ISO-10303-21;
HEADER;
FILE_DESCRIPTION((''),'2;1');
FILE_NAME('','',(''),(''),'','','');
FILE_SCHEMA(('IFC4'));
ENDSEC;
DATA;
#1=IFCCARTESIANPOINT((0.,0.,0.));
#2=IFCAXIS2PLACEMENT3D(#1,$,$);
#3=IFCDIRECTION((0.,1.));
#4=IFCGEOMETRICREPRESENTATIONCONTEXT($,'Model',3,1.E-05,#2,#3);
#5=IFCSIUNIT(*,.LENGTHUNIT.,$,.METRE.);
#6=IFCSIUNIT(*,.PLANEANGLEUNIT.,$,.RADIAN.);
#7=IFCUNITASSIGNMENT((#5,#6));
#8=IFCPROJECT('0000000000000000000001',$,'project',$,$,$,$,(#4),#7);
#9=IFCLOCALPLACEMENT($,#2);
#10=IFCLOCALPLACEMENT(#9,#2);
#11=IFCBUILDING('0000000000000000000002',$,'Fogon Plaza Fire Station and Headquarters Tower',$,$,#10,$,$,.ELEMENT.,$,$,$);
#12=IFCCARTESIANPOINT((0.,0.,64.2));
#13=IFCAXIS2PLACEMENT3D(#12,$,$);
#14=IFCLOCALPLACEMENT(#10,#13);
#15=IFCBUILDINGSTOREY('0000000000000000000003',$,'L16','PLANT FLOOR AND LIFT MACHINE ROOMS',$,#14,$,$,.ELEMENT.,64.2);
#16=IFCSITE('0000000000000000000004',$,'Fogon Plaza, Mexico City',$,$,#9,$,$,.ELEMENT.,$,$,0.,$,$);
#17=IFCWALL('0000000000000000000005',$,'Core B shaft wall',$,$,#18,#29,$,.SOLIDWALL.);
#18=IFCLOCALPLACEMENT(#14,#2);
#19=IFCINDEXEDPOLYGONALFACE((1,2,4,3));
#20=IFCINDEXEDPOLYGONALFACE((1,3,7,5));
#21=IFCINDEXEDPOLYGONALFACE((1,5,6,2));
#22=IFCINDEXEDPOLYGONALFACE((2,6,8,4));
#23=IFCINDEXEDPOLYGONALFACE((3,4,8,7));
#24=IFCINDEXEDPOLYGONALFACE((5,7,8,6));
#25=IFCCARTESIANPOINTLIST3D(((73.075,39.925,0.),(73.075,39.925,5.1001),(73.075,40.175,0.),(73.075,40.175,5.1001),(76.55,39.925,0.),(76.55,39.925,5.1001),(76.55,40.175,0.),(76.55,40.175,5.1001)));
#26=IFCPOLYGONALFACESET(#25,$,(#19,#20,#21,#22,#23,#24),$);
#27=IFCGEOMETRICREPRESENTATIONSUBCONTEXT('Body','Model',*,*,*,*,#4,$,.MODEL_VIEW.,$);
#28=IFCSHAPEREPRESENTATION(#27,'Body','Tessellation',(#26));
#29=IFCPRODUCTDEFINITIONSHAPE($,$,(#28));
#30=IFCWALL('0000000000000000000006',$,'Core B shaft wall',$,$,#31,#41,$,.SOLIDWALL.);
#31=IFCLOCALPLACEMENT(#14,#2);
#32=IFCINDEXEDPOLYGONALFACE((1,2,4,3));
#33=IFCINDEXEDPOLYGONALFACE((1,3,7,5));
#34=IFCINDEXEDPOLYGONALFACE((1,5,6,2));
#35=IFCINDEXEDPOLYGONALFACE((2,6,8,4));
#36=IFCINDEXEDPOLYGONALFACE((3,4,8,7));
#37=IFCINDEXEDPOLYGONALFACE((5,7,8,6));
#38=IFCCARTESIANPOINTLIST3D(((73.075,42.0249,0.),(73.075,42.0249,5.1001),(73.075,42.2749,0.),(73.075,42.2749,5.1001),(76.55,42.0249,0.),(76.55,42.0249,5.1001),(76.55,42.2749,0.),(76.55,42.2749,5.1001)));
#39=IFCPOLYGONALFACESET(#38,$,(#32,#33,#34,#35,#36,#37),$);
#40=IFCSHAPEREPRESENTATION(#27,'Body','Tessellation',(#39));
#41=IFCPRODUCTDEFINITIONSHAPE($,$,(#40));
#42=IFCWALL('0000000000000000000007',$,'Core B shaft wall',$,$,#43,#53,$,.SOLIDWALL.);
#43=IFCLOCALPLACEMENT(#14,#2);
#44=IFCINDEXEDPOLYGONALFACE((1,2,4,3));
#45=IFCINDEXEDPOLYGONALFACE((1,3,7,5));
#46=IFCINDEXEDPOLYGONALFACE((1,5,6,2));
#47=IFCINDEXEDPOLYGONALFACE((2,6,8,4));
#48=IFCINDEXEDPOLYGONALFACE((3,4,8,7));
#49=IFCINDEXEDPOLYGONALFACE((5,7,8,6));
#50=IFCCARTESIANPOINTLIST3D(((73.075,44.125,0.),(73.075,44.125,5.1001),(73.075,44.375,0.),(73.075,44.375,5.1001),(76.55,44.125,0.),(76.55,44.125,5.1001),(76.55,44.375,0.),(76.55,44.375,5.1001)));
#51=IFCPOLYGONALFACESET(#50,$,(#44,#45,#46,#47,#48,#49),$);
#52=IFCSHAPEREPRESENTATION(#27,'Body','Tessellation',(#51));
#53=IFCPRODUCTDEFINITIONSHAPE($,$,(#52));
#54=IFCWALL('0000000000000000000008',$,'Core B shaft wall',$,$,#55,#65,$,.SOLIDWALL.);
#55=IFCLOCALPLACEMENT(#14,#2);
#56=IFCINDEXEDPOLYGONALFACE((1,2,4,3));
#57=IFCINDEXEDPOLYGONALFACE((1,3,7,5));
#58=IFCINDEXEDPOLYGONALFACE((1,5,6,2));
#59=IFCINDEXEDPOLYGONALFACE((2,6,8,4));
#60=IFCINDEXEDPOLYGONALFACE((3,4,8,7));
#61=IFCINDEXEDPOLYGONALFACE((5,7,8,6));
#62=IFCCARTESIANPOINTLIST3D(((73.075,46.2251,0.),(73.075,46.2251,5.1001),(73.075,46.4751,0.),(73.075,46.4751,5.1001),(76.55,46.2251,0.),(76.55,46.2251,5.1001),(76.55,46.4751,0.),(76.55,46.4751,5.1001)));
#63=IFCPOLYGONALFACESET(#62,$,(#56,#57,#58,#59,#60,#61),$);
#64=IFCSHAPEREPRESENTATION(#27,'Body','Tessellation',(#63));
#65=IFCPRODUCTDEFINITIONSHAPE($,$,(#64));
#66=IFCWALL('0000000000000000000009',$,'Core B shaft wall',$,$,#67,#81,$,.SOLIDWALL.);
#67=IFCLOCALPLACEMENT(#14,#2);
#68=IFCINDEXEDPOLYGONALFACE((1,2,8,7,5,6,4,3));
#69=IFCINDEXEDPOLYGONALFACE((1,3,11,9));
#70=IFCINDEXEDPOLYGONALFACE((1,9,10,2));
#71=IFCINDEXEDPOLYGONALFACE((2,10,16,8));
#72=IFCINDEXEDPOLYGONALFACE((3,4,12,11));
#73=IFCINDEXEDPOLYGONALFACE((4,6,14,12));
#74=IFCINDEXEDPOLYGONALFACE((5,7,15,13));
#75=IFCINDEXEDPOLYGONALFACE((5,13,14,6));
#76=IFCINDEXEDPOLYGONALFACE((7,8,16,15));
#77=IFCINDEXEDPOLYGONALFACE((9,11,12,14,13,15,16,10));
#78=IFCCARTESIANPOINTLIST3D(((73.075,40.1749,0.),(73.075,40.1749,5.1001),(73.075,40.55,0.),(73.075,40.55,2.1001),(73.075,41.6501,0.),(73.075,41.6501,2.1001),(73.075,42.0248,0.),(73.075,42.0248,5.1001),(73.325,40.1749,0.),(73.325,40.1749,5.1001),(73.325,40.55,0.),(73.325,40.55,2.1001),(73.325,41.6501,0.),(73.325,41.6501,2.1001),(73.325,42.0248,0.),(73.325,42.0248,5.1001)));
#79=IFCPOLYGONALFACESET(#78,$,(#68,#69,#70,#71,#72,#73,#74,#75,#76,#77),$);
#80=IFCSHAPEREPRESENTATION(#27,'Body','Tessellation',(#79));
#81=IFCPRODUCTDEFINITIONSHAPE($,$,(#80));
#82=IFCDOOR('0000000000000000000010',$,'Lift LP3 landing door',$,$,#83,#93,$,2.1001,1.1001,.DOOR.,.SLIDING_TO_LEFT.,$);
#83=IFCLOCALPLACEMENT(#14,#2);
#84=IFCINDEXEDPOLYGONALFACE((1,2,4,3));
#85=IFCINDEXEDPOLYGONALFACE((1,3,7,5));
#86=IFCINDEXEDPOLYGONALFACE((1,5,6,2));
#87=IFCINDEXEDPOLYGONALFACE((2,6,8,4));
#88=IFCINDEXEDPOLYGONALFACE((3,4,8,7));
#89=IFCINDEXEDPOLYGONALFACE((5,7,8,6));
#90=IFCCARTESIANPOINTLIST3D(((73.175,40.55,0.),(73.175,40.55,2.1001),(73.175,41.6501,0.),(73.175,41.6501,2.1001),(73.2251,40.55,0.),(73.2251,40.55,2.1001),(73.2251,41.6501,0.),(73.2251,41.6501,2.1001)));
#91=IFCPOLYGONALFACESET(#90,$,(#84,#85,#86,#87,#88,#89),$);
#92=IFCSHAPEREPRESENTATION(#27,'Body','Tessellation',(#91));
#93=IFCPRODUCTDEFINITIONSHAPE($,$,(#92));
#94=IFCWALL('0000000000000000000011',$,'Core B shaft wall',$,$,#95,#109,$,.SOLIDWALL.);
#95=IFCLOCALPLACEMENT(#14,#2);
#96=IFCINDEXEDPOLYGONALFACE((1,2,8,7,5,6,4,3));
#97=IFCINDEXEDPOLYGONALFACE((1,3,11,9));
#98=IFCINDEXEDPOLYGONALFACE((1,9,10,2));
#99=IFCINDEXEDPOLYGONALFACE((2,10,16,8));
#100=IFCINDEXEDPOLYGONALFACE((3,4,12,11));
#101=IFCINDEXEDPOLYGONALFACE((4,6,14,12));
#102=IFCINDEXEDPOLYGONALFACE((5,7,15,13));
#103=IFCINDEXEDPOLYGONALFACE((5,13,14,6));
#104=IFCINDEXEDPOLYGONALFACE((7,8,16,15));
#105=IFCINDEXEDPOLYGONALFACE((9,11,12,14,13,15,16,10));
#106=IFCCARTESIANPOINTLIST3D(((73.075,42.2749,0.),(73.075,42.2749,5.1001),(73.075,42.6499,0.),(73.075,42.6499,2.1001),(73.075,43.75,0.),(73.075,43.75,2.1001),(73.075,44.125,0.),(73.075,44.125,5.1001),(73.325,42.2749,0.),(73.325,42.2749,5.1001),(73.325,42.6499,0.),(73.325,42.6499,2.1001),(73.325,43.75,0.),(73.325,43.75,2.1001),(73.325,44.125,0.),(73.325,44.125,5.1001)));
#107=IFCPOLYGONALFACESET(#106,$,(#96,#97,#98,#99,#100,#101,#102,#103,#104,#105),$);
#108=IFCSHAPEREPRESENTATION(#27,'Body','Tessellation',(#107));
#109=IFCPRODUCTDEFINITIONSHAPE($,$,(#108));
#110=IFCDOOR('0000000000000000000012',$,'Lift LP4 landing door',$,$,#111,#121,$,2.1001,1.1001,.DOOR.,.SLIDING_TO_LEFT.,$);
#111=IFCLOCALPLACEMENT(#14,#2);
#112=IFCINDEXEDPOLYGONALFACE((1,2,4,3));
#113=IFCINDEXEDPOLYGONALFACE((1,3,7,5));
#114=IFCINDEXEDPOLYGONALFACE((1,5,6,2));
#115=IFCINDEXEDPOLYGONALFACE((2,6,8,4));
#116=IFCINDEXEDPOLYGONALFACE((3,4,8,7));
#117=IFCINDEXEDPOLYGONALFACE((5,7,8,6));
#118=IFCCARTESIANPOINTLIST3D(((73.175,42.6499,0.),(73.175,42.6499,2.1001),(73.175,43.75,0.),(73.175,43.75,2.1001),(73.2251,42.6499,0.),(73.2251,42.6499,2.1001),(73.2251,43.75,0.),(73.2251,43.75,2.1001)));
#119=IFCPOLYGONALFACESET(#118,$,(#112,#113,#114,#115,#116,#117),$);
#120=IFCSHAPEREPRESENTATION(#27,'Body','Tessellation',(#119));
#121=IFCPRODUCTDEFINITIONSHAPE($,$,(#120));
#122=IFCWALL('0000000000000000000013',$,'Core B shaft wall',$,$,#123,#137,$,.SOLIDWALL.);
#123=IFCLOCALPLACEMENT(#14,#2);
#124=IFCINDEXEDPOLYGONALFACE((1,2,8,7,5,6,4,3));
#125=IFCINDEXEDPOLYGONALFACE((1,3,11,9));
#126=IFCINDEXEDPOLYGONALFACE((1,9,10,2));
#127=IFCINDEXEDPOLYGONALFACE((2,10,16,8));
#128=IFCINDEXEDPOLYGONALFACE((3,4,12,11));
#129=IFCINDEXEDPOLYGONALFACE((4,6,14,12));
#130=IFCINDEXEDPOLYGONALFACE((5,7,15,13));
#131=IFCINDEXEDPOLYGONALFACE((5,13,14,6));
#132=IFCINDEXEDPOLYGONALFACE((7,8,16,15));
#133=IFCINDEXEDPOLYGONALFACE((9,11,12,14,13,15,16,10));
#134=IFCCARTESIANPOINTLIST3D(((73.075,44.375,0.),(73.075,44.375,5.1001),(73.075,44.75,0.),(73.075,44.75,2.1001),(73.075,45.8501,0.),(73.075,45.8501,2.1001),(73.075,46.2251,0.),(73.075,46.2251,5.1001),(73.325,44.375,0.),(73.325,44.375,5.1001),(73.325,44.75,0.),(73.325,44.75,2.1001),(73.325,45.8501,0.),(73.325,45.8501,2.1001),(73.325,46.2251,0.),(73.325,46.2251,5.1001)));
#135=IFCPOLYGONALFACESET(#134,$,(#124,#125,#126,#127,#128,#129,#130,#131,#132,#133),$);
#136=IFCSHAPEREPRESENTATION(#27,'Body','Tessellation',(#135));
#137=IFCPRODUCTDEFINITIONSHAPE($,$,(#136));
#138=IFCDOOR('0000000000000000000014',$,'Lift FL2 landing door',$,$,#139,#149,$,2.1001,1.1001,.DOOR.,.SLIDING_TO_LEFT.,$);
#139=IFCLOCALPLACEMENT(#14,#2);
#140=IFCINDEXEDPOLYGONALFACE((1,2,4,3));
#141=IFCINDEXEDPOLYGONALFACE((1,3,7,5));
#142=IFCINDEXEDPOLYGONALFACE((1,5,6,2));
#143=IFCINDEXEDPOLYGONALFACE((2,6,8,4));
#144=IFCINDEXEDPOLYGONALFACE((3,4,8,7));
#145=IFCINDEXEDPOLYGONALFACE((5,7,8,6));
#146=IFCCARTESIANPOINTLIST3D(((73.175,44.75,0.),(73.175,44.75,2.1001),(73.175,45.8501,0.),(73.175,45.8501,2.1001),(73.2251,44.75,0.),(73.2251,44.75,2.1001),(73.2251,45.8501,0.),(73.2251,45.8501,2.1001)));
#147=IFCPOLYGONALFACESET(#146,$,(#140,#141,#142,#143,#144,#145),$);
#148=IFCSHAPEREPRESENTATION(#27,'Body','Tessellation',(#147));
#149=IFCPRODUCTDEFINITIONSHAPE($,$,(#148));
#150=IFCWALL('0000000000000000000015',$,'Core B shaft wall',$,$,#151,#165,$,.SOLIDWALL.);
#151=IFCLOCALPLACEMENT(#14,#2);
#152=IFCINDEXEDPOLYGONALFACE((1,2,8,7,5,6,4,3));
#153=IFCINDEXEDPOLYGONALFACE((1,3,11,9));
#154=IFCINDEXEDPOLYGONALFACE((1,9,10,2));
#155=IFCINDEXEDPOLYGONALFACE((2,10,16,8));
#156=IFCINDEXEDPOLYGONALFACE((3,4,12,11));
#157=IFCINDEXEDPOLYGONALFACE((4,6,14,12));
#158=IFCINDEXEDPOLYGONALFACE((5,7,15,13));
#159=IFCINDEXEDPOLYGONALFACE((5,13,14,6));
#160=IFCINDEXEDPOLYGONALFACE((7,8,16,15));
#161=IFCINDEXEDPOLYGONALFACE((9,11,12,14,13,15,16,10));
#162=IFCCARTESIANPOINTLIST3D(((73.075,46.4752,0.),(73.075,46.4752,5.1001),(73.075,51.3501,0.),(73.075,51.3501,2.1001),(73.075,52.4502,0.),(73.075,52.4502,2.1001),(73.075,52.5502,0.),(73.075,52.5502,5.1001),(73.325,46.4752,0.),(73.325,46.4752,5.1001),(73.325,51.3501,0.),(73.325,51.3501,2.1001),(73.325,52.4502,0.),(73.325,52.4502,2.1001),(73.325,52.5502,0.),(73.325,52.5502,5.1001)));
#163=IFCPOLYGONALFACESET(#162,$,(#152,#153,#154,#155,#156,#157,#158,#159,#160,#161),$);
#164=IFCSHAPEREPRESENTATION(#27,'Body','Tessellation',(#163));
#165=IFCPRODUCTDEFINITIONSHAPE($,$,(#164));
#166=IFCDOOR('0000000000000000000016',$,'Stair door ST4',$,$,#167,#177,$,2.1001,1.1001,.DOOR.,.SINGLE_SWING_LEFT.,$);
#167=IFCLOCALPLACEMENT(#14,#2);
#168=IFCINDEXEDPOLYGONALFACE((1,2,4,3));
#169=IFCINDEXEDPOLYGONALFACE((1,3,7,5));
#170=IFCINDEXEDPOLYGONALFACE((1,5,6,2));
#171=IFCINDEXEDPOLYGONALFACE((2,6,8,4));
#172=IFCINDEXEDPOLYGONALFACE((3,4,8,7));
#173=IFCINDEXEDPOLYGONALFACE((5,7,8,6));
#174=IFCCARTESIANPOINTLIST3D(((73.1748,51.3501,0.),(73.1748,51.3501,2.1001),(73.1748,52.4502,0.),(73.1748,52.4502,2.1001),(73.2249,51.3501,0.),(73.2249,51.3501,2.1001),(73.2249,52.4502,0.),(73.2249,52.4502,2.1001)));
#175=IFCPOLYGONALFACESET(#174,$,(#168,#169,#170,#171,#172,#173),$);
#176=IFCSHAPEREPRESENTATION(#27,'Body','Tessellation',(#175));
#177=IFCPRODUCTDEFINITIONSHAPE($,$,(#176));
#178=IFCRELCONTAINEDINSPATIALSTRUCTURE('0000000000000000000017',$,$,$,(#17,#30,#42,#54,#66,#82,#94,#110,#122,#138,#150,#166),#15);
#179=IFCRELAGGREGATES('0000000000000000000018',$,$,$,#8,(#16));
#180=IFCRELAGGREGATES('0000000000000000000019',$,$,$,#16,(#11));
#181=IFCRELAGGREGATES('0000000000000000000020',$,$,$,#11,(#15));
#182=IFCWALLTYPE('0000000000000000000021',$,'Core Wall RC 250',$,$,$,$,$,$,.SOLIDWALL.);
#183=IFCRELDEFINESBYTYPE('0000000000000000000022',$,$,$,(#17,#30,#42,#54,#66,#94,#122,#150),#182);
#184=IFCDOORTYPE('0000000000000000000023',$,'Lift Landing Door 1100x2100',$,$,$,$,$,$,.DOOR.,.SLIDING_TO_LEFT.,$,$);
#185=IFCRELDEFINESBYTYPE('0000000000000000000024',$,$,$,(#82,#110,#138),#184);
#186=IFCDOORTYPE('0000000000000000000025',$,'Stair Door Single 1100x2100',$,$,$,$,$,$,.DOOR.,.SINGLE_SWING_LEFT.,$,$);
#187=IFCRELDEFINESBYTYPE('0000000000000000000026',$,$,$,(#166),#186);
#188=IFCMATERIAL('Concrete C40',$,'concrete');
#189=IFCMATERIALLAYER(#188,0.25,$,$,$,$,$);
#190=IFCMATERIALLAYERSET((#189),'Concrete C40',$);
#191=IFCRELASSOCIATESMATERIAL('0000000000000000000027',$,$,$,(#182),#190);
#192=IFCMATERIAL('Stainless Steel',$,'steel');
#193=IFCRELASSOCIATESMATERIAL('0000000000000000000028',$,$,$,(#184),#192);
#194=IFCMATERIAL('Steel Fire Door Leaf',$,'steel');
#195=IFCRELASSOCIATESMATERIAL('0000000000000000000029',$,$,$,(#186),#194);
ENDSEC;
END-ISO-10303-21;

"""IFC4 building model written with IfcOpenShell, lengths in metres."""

from ifc_helpers import new_model, si_unit, direction, frame, frame_2d, origin, place, context, subcontext, project, spatial, rectangle, extrude, material, layer, layer_set, type_object, element, fill, save


model = new_model("IFC4")

# Units and contexts
model_context = context("Model", 3, precision=1e-05, world=origin(), true_north=direction((0.0, 1.0)))
body_context = subcontext(model_context, "Body", "Model", "MODEL_VIEW")
ifc_project = project(units=[si_unit("LENGTHUNIT", "METRE"), si_unit("PLANEANGLEUNIT", "RADIAN")], contexts=[model_context])

# Site, building, storey
site_placement = place(None, origin())
site = spatial("IfcSite", under=ifc_project, at=site_placement, Name="Fogon Plaza, Mexico City", CompositionType="ELEMENT", RefElevation=0.0)
building_placement = place(site_placement, origin())
building = spatial("IfcBuilding", under=site, at=building_placement, Name="Fogon Plaza Fire Station and Headquarters Tower", CompositionType="ELEMENT")
storey_placement = place(building_placement, frame((0.0, 0.0, 64.2)))
storey = spatial("IfcBuildingStorey", under=building, at=storey_placement, Name="L16", Description="PLANT FLOOR AND LIFT MACHINE ROOMS", CompositionType="ELEMENT", Elevation=64.2)

# Walls
ifc_material_1 = material(Name="Concrete C40", Category="concrete")
ifc_layer_1 = layer(ifc_material_1, 0.25)
ifc_layer_set_1 = layer_set([ifc_layer_1], Name="Concrete C40")
wall_type_1 = type_object("IfcWallType", Name="Core Wall RC 250", PredefinedType="SOLIDWALL", material=ifc_layer_set_1)
for number, where, z_axis, x_axis, name in (
    (1, (76.55, 40.05, 0.0), (0.0, 0.0, 1.0), (-1.0, 0.0, 0.0), "Core B shaft wall"),
    (2, (76.55, 42.1499, 0.0), (0.0, 0.0, 1.0), (-1.0, 0.0, 0.0), "Core B shaft wall"),
    (3, (76.55, 44.25, 0.0), (0.0, 0.0, 1.0), (-1.0, 0.0, 0.0), "Core B shaft wall"),
    (4, (76.55, 46.3501, 0.0), (0.0, 0.0, 1.0), (-1.0, 0.0, 0.0), "Core B shaft wall"),
):
    element("IfcWall", number, at=place(storey_placement, frame(where, z_axis=z_axis, x_axis=x_axis)), inside=storey, type_object=wall_type_1, Name=name, PredefinedType="SOLIDWALL", context=body_context, shape_type="SweptSolid", body=[
        extrude(rectangle(XDim=3.4751, YDim=0.25, at=frame_2d((1.7375, 0.0))), origin(), (0.0, 0.0, 1.0), 5.1001),
    ])

# Walls, openings, doors
wall_1_placement = place(storey_placement, frame((73.2, 40.175, 0.0), z_axis=(0.0, 0.0, 1.0), x_axis=(0.0, 1.0, 0.0)))
wall_1 = element("IfcWall", 5, at=wall_1_placement, inside=storey, type_object=wall_type_1, Name="Core B shaft wall", PredefinedType="SOLIDWALL", context=body_context, shape_type="SweptSolid", body=[
    extrude(rectangle(XDim=1.8499, YDim=0.25, at=frame_2d((0.9248, 0.0))), origin(), (0.0, 0.0, 1.0), 5.1001),
])
opening_1_placement = place(wall_1_placement, frame((0.375, 0.0, 0.0)))
opening_1 = element("IfcOpeningElement", 6, at=opening_1_placement, cuts=wall_1, PredefinedType="OPENING", context=body_context, shape_type="SweptSolid", body=[
    extrude(rectangle(XDim=1.1001, YDim=2.1001, at=frame_2d((0.55, 1.05))), frame((0.0, 0.135, 0.0), z_axis=(0.0, -1.0, 0.0), x_axis=(1.0, 0.0, 0.0)), (0.0, 0.0, 1.0), 0.27),
])
ifc_material_2 = material(Name="Stainless Steel", Category="steel")
door_type_1 = type_object("IfcDoorType", Name="Lift Landing Door 1100x2100", OperationType="SLIDING_TO_LEFT", PredefinedType="DOOR", material=ifc_material_2)
door_1_placement = place(opening_1_placement, origin())
door_1 = element("IfcDoor", 7, at=door_1_placement, inside=storey, type_object=door_type_1, Name="Lift LP3 landing door", OperationType="SLIDING_TO_LEFT", OverallHeight=2.1001, OverallWidth=1.1001, PredefinedType="DOOR", context=body_context, shape_type="SweptSolid", body=[
    extrude(rectangle(XDim=1.1001, YDim=2.1001, at=frame_2d((0.55, 1.05))), frame((0.0, 0.0249, 0.0), z_axis=(0.0, -1.0, 0.0), x_axis=(1.0, 0.0, 0.0)), (0.0, 0.0, 1.0), 0.05),
])
fill(opening_1, door_1)
wall_2_placement = place(storey_placement, frame((73.2, 42.2749, 0.0), z_axis=(0.0, 0.0, 1.0), x_axis=(0.0, 1.0, 0.0)))
wall_2 = element("IfcWall", 8, at=wall_2_placement, inside=storey, type_object=wall_type_1, Name="Core B shaft wall", PredefinedType="SOLIDWALL", context=body_context, shape_type="SweptSolid", body=[
    extrude(rectangle(XDim=1.8501, YDim=0.25, at=frame_2d((0.925, 0.0))), origin(), (0.0, 0.0, 1.0), 5.1001),
])
opening_2_placement = place(wall_2_placement, frame((0.375, 0.0, 0.0)))
opening_2 = element("IfcOpeningElement", 9, at=opening_2_placement, cuts=wall_2, PredefinedType="OPENING", context=body_context, shape_type="SweptSolid", body=[
    extrude(rectangle(XDim=1.1001, YDim=2.1001, at=frame_2d((0.55, 1.05))), frame((0.0, 0.135, 0.0), z_axis=(0.0, -1.0, 0.0), x_axis=(1.0, 0.0, 0.0)), (0.0, 0.0, 1.0), 0.27),
])
door_2_placement = place(opening_2_placement, origin())
door_2 = element("IfcDoor", 10, at=door_2_placement, inside=storey, type_object=door_type_1, Name="Lift LP4 landing door", OperationType="SLIDING_TO_LEFT", OverallHeight=2.1001, OverallWidth=1.1001, PredefinedType="DOOR", context=body_context, shape_type="SweptSolid", body=[
    extrude(rectangle(XDim=1.1001, YDim=2.1001, at=frame_2d((0.55, 1.05))), frame((0.0, 0.0249, 0.0), z_axis=(0.0, -1.0, 0.0), x_axis=(1.0, 0.0, 0.0)), (0.0, 0.0, 1.0), 0.05),
])
fill(opening_2, door_2)
wall_3_placement = place(storey_placement, frame((73.2, 44.375, 0.0), z_axis=(0.0, 0.0, 1.0), x_axis=(0.0, 1.0, 0.0)))
wall_3 = element("IfcWall", 11, at=wall_3_placement, inside=storey, type_object=wall_type_1, Name="Core B shaft wall", PredefinedType="SOLIDWALL", context=body_context, shape_type="SweptSolid", body=[
    extrude(rectangle(XDim=1.8501, YDim=0.25, at=frame_2d((0.925, 0.0))), origin(), (0.0, 0.0, 1.0), 5.1001),
])
opening_3_placement = place(wall_3_placement, frame((0.375, 0.0, 0.0)))
opening_3 = element("IfcOpeningElement", 12, at=opening_3_placement, cuts=wall_3, PredefinedType="OPENING", context=body_context, shape_type="SweptSolid", body=[
    extrude(rectangle(XDim=1.1001, YDim=2.1001, at=frame_2d((0.55, 1.05))), frame((0.0, 0.135, 0.0), z_axis=(0.0, -1.0, 0.0), x_axis=(1.0, 0.0, 0.0)), (0.0, 0.0, 1.0), 0.27),
])
door_3_placement = place(opening_3_placement, origin())
door_3 = element("IfcDoor", 13, at=door_3_placement, inside=storey, type_object=door_type_1, Name="Lift FL2 landing door", OperationType="SLIDING_TO_LEFT", OverallHeight=2.1001, OverallWidth=1.1001, PredefinedType="DOOR", context=body_context, shape_type="SweptSolid", body=[
    extrude(rectangle(XDim=1.1001, YDim=2.1001, at=frame_2d((0.55, 1.05))), frame((0.0, 0.0249, 0.0), z_axis=(0.0, -1.0, 0.0), x_axis=(1.0, 0.0, 0.0)), (0.0, 0.0, 1.0), 0.05),
])
fill(opening_3, door_3)
wall_4_placement = place(storey_placement, frame((73.2, 46.4751, 0.0), z_axis=(0.0, 0.0, 1.0), x_axis=(0.0, 1.0, 0.0)))
wall_4 = element("IfcWall", 14, at=wall_4_placement, inside=storey, type_object=wall_type_1, Name="Core B shaft wall", PredefinedType="SOLIDWALL", context=body_context, shape_type="SweptSolid", body=[
    extrude(rectangle(XDim=6.075, YDim=0.25, at=frame_2d((3.0376, 0.0))), origin(), (0.0, 0.0, 1.0), 5.1001),
])
opening_4_placement = place(wall_4_placement, frame((4.875, 0.0, 0.0)))
opening_4 = element("IfcOpeningElement", 15, at=opening_4_placement, cuts=wall_4, PredefinedType="OPENING", context=body_context, shape_type="SweptSolid", body=[
    extrude(rectangle(XDim=1.1001, YDim=2.1001, at=frame_2d((0.55, 1.05))), frame((0.0, 0.135, 0.0), z_axis=(0.0, -1.0, 0.0), x_axis=(1.0, 0.0, 0.0)), (0.0, 0.0, 1.0), 0.27),
])
ifc_material_3 = material(Name="Steel Fire Door Leaf", Category="steel")
door_type_2 = type_object("IfcDoorType", Name="Stair Door Single 1100x2100", OperationType="SINGLE_SWING_LEFT", PredefinedType="DOOR", material=ifc_material_3)
door_4_placement = place(opening_4_placement, frame((1.1001, 0.0, 0.0), z_axis=(0.0, 0.0, 1.0), x_axis=(-1.0, 0.0, 0.0)))
door_4 = element("IfcDoor", 16, at=door_4_placement, inside=storey, type_object=door_type_2, Name="Stair door ST4", OperationType="SINGLE_SWING_LEFT", OverallHeight=2.1001, OverallWidth=1.1001, PredefinedType="DOOR", context=body_context, shape_type="SweptSolid", body=[
    extrude(rectangle(XDim=1.1001, YDim=2.1001, at=frame_2d((0.55, 1.05))), frame((0.0, 0.0249, 0.0), z_axis=(0.0, -1.0, 0.0), x_axis=(1.0, 0.0, 0.0)), (0.0, 0.0, 1.0), 0.05),
])
fill(opening_4, door_4)

save(model, "model.ifc")
